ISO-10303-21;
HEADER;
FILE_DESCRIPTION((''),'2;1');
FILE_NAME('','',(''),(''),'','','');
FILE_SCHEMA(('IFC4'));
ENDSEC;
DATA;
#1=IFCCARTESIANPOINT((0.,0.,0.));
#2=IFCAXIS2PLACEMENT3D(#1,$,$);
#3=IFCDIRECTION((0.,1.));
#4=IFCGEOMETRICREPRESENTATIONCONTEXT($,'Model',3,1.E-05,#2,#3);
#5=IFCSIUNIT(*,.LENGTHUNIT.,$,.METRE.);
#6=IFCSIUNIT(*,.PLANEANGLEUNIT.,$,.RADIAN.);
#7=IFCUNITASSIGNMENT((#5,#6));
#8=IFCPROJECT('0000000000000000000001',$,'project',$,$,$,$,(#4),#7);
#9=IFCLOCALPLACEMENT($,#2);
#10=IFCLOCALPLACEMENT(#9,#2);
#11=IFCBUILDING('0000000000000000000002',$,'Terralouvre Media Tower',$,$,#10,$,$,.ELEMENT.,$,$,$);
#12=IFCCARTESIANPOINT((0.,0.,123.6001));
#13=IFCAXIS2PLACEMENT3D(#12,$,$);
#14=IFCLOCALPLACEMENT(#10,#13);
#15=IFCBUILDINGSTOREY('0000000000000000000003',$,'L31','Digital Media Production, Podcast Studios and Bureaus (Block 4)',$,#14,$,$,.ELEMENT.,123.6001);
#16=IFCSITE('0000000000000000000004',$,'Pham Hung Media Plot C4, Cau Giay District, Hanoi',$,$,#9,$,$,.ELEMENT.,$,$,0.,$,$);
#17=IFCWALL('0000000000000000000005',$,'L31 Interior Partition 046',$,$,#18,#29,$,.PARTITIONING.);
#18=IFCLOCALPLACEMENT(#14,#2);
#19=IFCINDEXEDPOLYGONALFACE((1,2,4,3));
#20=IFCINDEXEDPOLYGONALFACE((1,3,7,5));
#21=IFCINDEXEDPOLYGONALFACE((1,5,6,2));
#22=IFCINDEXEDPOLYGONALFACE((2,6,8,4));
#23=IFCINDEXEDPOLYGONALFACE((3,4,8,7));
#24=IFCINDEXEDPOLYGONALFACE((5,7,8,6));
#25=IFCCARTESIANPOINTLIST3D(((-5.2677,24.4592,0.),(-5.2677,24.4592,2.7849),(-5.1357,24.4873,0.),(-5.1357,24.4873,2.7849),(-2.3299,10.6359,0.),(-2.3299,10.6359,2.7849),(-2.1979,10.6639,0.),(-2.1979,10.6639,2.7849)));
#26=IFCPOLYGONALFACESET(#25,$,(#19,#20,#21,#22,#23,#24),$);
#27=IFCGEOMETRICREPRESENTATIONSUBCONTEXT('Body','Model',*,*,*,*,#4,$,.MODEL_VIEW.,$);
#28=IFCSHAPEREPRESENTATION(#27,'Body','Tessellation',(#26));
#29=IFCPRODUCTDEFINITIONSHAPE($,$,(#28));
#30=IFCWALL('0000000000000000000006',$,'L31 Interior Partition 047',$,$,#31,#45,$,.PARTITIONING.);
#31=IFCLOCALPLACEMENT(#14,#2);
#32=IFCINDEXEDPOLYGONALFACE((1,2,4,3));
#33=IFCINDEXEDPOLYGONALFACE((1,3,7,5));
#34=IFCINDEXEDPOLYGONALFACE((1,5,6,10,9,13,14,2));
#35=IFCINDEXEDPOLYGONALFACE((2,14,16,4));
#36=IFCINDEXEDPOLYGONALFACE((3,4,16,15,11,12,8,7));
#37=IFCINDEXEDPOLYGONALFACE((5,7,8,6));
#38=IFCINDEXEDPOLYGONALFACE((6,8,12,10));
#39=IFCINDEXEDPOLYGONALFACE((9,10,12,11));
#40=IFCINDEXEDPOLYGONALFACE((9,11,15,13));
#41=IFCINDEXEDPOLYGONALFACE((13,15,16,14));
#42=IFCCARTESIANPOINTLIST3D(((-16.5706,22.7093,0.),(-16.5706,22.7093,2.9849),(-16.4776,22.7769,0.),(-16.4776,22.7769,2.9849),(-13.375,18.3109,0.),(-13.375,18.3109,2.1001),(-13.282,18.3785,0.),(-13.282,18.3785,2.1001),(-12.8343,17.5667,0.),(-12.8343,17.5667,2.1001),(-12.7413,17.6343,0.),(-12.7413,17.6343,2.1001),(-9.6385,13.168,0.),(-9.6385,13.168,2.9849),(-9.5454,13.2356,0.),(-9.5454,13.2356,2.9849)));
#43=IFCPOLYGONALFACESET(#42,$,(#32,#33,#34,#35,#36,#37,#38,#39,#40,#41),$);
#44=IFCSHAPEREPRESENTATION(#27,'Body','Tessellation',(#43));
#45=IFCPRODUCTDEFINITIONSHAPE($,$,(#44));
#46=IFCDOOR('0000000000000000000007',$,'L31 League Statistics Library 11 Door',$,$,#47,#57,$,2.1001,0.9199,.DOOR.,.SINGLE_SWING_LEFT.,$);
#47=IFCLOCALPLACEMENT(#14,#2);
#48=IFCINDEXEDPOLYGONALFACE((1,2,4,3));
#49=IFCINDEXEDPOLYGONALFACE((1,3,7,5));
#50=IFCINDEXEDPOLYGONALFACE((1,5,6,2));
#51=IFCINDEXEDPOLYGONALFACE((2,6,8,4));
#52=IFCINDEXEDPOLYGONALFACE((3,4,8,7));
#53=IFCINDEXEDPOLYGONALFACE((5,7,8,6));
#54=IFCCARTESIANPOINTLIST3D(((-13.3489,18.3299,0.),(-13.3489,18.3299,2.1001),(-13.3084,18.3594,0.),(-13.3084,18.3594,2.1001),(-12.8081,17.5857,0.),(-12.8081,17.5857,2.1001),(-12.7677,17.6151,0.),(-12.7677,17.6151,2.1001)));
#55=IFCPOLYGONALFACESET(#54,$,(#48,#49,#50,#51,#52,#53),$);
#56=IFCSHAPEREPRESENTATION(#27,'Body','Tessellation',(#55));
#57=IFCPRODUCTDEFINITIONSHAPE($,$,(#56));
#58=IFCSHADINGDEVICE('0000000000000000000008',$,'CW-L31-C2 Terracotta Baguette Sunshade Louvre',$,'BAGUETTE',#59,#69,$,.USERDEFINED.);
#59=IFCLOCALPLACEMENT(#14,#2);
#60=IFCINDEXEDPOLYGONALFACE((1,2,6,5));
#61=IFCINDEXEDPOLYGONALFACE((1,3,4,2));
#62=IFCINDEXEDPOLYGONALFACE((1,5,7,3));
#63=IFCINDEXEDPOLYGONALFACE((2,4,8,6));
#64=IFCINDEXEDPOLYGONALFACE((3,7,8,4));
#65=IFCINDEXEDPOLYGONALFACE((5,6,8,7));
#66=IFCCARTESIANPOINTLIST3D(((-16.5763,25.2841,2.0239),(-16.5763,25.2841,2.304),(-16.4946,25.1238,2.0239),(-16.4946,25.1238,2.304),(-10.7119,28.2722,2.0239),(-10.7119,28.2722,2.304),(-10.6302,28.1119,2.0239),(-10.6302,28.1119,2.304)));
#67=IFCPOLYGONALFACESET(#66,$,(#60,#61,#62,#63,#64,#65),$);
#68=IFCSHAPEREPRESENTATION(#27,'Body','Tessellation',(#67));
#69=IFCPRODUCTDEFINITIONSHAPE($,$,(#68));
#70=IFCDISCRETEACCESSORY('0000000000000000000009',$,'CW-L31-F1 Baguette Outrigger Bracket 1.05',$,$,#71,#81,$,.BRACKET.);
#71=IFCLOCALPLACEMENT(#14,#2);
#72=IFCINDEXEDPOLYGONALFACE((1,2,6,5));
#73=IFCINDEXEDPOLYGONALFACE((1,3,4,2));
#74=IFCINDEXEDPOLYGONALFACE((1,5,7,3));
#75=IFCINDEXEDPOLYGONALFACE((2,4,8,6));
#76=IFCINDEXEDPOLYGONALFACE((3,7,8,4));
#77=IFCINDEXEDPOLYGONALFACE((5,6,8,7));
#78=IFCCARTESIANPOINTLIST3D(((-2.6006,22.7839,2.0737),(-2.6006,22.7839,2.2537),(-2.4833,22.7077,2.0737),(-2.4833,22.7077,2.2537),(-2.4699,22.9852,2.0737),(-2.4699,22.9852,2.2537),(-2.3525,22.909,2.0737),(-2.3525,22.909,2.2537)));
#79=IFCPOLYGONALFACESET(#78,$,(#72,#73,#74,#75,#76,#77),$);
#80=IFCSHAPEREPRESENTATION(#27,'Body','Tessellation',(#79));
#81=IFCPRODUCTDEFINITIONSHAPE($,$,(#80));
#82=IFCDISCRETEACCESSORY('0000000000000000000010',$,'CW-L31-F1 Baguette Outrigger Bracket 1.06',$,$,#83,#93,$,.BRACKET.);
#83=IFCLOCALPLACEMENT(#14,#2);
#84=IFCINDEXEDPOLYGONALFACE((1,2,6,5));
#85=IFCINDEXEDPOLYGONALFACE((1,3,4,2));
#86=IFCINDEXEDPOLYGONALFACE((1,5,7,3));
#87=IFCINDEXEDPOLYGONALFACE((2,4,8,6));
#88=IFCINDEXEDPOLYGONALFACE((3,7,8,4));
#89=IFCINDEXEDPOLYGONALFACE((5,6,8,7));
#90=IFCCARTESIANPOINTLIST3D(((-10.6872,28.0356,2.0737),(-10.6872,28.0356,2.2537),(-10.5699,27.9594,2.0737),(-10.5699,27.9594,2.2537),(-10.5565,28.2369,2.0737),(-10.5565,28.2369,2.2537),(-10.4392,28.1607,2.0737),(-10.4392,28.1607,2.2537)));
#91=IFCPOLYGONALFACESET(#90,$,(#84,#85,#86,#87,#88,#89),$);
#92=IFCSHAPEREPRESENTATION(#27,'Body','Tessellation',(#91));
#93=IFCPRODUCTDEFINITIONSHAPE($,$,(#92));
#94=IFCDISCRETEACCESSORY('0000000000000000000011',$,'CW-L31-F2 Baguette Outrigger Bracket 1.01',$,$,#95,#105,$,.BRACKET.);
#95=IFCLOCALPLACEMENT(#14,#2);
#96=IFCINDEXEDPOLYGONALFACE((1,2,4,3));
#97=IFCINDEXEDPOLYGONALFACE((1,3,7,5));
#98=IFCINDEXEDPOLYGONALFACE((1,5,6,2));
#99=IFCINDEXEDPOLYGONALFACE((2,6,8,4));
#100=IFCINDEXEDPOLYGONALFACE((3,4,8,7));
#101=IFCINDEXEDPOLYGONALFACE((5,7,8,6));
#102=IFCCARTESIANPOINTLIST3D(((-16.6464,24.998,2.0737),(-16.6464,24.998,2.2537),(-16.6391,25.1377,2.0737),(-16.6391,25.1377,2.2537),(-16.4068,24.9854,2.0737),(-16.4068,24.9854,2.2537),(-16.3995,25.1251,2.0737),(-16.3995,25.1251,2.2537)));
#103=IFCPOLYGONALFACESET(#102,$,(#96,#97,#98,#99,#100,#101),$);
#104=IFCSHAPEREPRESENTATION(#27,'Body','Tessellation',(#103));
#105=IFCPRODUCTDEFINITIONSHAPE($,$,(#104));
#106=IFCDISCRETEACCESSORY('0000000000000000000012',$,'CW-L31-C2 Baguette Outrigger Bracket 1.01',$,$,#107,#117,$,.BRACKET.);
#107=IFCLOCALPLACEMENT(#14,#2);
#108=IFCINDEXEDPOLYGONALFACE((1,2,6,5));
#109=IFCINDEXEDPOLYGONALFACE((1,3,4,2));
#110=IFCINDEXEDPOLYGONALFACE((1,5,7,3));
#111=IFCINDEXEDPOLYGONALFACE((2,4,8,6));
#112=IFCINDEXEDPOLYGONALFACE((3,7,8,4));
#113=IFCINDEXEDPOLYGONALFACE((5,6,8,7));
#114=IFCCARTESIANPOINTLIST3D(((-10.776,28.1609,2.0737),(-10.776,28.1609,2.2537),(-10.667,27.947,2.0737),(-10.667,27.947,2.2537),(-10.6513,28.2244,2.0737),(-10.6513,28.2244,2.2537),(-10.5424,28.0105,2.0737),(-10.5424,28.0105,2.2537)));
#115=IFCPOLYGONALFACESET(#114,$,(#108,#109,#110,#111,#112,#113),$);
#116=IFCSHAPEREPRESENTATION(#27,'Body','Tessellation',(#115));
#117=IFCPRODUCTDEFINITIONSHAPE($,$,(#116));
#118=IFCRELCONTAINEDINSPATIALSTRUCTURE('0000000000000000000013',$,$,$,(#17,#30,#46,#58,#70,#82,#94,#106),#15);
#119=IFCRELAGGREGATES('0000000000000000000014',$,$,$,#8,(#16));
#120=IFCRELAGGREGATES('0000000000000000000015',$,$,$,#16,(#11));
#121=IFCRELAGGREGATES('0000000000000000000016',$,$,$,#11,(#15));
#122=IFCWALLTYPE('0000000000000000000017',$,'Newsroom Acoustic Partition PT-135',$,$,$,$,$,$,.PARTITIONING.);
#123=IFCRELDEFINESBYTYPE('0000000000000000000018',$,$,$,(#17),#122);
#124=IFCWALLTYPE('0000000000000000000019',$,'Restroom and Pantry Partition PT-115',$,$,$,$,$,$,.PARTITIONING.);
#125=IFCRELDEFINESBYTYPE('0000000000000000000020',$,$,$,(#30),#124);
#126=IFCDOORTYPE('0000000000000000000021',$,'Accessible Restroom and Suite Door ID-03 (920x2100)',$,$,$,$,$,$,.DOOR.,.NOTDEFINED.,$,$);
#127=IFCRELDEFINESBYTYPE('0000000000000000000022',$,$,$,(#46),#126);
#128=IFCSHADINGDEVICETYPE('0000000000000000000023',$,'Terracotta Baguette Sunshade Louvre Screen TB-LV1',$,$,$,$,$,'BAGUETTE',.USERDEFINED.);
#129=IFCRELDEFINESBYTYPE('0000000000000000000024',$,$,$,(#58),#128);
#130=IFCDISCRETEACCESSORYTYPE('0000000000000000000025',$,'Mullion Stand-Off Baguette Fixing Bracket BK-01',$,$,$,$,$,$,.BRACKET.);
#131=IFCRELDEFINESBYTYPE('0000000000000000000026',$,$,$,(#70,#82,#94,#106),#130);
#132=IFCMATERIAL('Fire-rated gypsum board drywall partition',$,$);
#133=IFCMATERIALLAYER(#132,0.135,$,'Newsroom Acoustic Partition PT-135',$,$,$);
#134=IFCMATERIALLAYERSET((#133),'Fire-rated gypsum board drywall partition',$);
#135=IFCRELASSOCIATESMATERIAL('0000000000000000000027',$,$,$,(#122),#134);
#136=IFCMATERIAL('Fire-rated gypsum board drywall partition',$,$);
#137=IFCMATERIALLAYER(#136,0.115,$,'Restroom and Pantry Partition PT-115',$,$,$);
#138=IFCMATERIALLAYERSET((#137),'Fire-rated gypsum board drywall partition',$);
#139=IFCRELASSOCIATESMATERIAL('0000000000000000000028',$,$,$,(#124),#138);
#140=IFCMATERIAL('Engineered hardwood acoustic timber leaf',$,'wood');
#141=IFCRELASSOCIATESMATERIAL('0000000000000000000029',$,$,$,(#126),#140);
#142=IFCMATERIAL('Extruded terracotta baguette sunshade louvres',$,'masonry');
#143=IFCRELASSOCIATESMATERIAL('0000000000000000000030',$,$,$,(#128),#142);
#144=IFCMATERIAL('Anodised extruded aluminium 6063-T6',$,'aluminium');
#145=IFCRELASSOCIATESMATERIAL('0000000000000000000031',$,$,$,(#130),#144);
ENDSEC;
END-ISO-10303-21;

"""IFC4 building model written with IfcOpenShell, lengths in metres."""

from ifc_helpers import new_model, si_unit, direction, frame, frame_2d, origin, origin_2d, place, context, subcontext, project, spatial, rectangle, extrude, material, layer, layer_set, type_object, element, fill, save


model = new_model("IFC4")

# Units and contexts
model_context = context("Model", 3, precision=1e-05, world=origin(), true_north=direction((0.0, 1.0)))
body_context = subcontext(model_context, "Body", "Model", "MODEL_VIEW")
ifc_project = project(units=[si_unit("LENGTHUNIT", "METRE"), si_unit("PLANEANGLEUNIT", "RADIAN")], contexts=[model_context])

# Site, building, storey
site_placement = place(None, origin())
site = spatial("IfcSite", under=ifc_project, at=site_placement, Name="Pham Hung Media Plot C4, Cau Giay District, Hanoi", CompositionType="ELEMENT", RefElevation=0.0)
building_placement = place(site_placement, origin())
building = spatial("IfcBuilding", under=site, at=building_placement, Name="Terralouvre Media Tower", CompositionType="ELEMENT")
storey_placement = place(building_placement, frame((0.0, 0.0, 123.6001)))
storey = spatial("IfcBuildingStorey", under=building, at=storey_placement, Name="L31", Description="Digital Media Production, Podcast Studios and Bureaus (Block 4)", CompositionType="ELEMENT", Elevation=123.6001)

# Wall
ifc_material_1 = material(Name="Fire-rated gypsum board drywall partition")
ifc_layer_1 = layer(ifc_material_1, 0.135, Name="Newsroom Acoustic Partition PT-135")
ifc_layer_set_1 = layer_set([ifc_layer_1], Name="Fire-rated gypsum board drywall partition")
wall_type_1 = type_object("IfcWallType", Name="Newsroom Acoustic Partition PT-135", PredefinedType="PARTITIONING", material=ifc_layer_set_1)
wall_1_placement = place(storey_placement, frame((-5.2017, 24.4731, 0.0), z_axis=(0.0, 0.0, 1.0), x_axis=(0.207879, -0.978154, 0.0)))
element("IfcWall", 1, at=wall_1_placement, inside=storey, type_object=wall_type_1, Name="L31 Interior Partition 046", PredefinedType="PARTITIONING", context=body_context, shape_type="SweptSolid", body=[
    extrude(rectangle(XDim=14.1321, YDim=0.135, at=frame_2d((7.0659, 0.0))), origin(), (0.0, 0.0, 1.0), 2.7849),
])

# Wall, opening, door
ifc_material_2 = material(Name="Fire-rated gypsum board drywall partition")
ifc_layer_2 = layer(ifc_material_2, 0.115, Name="Restroom and Pantry Partition PT-115")
ifc_layer_set_2 = layer_set([ifc_layer_2], Name="Fire-rated gypsum board drywall partition")
wall_type_2 = type_object("IfcWallType", Name="Restroom and Pantry Partition PT-115", PredefinedType="PARTITIONING", material=ifc_layer_set_2)
wall_2_placement = place(storey_placement, frame((-16.5242, 22.7432, 0.0), z_axis=(0.0, 0.0, 1.0), x_axis=(0.587785, -0.809017, 0.0)))
wall_2 = element("IfcWall", 2, at=wall_2_placement, inside=storey, type_object=wall_type_2, Name="L31 Interior Partition 047", PredefinedType="PARTITIONING", context=body_context, shape_type="SweptSolid", body=[
    extrude(rectangle(XDim=11.7937, YDim=0.115, at=frame_2d((5.897, 0.0))), origin(), (0.0, 0.0, 1.0), 2.9849),
])
opening_placement = place(wall_2_placement, frame((5.4368, 0.0, 0.0)))
opening = element("IfcOpeningElement", 3, at=opening_placement, cuts=wall_2, PredefinedType="OPENING", context=body_context, shape_type="SweptSolid", body=[
    extrude(rectangle(XDim=0.9199, YDim=2.1001, at=frame_2d((0.46, 1.05))), frame((0.0, 0.0674, 0.0), z_axis=(0.0, -1.0, 0.0), x_axis=(1.0, 0.0, 0.0)), (0.0, 0.0, 1.0), 0.135),
])
ifc_material_3 = material(Name="Engineered hardwood acoustic timber leaf", Category="wood")
door_type = type_object("IfcDoorType", Name="Accessible Restroom and Suite Door ID-03 (920x2100)", OperationType="NOTDEFINED", PredefinedType="DOOR", material=ifc_material_3)
door_placement = place(opening_placement, origin())
door = element("IfcDoor", 4, at=door_placement, inside=storey, type_object=door_type, Name="L31 League Statistics Library 11 Door", OperationType="SINGLE_SWING_LEFT", OverallHeight=2.1001, OverallWidth=0.9199, PredefinedType="DOOR", context=body_context, shape_type="SweptSolid", body=[
    extrude(rectangle(XDim=0.9199, YDim=2.1001, at=frame_2d((0.46, 1.05))), frame((0.0, 0.0249, 0.0), z_axis=(0.0, -1.0, 0.0), x_axis=(1.0, 0.0, 0.0)), (0.0, 0.0, 1.0), 0.05),
])
fill(opening, door)

# Shading device
ifc_material_4 = material(Name="Extruded terracotta baguette sunshade louvres", Category="masonry")
shading_device_type = type_object("IfcShadingDeviceType", Name="Terracotta Baguette Sunshade Louvre Screen TB-LV1", ElementType="BAGUETTE", PredefinedType="USERDEFINED", material=ifc_material_4)
shading_device_placement = place(storey_placement, frame((-13.6033, 26.698, 2.0239), z_axis=(0.0, 0.0, 1.0), x_axis=(-0.891007, -0.45399, 0.0)))
element("IfcShadingDevice", 5, at=shading_device_placement, inside=storey, type_object=shading_device_type, Name="CW-L31-C2 Terracotta Baguette Sunshade Louvre", ObjectType="BAGUETTE", PredefinedType="USERDEFINED", context=body_context, shape_type="SweptSolid", body=[
    extrude(rectangle(XDim=6.5818, YDim=0.1799, at=origin_2d()), origin(), (0.0, 0.0, 1.0), 0.28),
])

# Discrete accessories
ifc_material_5 = material(Name="Anodised extruded aluminium 6063-T6", Category="aluminium")
discrete_accessory_type = type_object("IfcDiscreteAccessoryType", Name="Mullion Stand-Off Baguette Fixing Bracket BK-01", PredefinedType="BRACKET", material=ifc_material_5)
for number, where, z_axis, x_axis, name in (
    (6, (-2.4766, 22.8464, 2.0737), (0.0, 0.0, 1.0), (-0.838671, 0.544639, 0.0), "CW-L31-F1 Baguette Outrigger Bracket 1.05"),
    (7, (-10.5632, 28.0981, 2.0737), (0.0, 0.0, 1.0), (-0.838671, 0.544639, 0.0), "CW-L31-F1 Baguette Outrigger Bracket 1.06"),
    (8, (-16.5229, 25.0615, 2.0737), (0.0, 0.0, 1.0), (-0.052336, -0.99863, 0.0), "CW-L31-F2 Baguette Outrigger Bracket 1.01"),
    (9, (-10.6592, 28.0857, 2.0737), (0.0, 0.0, 1.0), (-0.891007, -0.45399, 0.0), "CW-L31-C2 Baguette Outrigger Bracket 1.01"),
):
    element("IfcDiscreteAccessory", number, at=place(storey_placement, frame(where, z_axis=z_axis, x_axis=x_axis)), inside=storey, type_object=discrete_accessory_type, Name=name, PredefinedType="BRACKET", context=body_context, shape_type="SweptSolid", body=[
        extrude(rectangle(XDim=0.1399, YDim=0.24, at=origin_2d()), origin(), (0.0, 0.0, 1.0), 0.1799),
    ])

save(model, "model.ifc")
